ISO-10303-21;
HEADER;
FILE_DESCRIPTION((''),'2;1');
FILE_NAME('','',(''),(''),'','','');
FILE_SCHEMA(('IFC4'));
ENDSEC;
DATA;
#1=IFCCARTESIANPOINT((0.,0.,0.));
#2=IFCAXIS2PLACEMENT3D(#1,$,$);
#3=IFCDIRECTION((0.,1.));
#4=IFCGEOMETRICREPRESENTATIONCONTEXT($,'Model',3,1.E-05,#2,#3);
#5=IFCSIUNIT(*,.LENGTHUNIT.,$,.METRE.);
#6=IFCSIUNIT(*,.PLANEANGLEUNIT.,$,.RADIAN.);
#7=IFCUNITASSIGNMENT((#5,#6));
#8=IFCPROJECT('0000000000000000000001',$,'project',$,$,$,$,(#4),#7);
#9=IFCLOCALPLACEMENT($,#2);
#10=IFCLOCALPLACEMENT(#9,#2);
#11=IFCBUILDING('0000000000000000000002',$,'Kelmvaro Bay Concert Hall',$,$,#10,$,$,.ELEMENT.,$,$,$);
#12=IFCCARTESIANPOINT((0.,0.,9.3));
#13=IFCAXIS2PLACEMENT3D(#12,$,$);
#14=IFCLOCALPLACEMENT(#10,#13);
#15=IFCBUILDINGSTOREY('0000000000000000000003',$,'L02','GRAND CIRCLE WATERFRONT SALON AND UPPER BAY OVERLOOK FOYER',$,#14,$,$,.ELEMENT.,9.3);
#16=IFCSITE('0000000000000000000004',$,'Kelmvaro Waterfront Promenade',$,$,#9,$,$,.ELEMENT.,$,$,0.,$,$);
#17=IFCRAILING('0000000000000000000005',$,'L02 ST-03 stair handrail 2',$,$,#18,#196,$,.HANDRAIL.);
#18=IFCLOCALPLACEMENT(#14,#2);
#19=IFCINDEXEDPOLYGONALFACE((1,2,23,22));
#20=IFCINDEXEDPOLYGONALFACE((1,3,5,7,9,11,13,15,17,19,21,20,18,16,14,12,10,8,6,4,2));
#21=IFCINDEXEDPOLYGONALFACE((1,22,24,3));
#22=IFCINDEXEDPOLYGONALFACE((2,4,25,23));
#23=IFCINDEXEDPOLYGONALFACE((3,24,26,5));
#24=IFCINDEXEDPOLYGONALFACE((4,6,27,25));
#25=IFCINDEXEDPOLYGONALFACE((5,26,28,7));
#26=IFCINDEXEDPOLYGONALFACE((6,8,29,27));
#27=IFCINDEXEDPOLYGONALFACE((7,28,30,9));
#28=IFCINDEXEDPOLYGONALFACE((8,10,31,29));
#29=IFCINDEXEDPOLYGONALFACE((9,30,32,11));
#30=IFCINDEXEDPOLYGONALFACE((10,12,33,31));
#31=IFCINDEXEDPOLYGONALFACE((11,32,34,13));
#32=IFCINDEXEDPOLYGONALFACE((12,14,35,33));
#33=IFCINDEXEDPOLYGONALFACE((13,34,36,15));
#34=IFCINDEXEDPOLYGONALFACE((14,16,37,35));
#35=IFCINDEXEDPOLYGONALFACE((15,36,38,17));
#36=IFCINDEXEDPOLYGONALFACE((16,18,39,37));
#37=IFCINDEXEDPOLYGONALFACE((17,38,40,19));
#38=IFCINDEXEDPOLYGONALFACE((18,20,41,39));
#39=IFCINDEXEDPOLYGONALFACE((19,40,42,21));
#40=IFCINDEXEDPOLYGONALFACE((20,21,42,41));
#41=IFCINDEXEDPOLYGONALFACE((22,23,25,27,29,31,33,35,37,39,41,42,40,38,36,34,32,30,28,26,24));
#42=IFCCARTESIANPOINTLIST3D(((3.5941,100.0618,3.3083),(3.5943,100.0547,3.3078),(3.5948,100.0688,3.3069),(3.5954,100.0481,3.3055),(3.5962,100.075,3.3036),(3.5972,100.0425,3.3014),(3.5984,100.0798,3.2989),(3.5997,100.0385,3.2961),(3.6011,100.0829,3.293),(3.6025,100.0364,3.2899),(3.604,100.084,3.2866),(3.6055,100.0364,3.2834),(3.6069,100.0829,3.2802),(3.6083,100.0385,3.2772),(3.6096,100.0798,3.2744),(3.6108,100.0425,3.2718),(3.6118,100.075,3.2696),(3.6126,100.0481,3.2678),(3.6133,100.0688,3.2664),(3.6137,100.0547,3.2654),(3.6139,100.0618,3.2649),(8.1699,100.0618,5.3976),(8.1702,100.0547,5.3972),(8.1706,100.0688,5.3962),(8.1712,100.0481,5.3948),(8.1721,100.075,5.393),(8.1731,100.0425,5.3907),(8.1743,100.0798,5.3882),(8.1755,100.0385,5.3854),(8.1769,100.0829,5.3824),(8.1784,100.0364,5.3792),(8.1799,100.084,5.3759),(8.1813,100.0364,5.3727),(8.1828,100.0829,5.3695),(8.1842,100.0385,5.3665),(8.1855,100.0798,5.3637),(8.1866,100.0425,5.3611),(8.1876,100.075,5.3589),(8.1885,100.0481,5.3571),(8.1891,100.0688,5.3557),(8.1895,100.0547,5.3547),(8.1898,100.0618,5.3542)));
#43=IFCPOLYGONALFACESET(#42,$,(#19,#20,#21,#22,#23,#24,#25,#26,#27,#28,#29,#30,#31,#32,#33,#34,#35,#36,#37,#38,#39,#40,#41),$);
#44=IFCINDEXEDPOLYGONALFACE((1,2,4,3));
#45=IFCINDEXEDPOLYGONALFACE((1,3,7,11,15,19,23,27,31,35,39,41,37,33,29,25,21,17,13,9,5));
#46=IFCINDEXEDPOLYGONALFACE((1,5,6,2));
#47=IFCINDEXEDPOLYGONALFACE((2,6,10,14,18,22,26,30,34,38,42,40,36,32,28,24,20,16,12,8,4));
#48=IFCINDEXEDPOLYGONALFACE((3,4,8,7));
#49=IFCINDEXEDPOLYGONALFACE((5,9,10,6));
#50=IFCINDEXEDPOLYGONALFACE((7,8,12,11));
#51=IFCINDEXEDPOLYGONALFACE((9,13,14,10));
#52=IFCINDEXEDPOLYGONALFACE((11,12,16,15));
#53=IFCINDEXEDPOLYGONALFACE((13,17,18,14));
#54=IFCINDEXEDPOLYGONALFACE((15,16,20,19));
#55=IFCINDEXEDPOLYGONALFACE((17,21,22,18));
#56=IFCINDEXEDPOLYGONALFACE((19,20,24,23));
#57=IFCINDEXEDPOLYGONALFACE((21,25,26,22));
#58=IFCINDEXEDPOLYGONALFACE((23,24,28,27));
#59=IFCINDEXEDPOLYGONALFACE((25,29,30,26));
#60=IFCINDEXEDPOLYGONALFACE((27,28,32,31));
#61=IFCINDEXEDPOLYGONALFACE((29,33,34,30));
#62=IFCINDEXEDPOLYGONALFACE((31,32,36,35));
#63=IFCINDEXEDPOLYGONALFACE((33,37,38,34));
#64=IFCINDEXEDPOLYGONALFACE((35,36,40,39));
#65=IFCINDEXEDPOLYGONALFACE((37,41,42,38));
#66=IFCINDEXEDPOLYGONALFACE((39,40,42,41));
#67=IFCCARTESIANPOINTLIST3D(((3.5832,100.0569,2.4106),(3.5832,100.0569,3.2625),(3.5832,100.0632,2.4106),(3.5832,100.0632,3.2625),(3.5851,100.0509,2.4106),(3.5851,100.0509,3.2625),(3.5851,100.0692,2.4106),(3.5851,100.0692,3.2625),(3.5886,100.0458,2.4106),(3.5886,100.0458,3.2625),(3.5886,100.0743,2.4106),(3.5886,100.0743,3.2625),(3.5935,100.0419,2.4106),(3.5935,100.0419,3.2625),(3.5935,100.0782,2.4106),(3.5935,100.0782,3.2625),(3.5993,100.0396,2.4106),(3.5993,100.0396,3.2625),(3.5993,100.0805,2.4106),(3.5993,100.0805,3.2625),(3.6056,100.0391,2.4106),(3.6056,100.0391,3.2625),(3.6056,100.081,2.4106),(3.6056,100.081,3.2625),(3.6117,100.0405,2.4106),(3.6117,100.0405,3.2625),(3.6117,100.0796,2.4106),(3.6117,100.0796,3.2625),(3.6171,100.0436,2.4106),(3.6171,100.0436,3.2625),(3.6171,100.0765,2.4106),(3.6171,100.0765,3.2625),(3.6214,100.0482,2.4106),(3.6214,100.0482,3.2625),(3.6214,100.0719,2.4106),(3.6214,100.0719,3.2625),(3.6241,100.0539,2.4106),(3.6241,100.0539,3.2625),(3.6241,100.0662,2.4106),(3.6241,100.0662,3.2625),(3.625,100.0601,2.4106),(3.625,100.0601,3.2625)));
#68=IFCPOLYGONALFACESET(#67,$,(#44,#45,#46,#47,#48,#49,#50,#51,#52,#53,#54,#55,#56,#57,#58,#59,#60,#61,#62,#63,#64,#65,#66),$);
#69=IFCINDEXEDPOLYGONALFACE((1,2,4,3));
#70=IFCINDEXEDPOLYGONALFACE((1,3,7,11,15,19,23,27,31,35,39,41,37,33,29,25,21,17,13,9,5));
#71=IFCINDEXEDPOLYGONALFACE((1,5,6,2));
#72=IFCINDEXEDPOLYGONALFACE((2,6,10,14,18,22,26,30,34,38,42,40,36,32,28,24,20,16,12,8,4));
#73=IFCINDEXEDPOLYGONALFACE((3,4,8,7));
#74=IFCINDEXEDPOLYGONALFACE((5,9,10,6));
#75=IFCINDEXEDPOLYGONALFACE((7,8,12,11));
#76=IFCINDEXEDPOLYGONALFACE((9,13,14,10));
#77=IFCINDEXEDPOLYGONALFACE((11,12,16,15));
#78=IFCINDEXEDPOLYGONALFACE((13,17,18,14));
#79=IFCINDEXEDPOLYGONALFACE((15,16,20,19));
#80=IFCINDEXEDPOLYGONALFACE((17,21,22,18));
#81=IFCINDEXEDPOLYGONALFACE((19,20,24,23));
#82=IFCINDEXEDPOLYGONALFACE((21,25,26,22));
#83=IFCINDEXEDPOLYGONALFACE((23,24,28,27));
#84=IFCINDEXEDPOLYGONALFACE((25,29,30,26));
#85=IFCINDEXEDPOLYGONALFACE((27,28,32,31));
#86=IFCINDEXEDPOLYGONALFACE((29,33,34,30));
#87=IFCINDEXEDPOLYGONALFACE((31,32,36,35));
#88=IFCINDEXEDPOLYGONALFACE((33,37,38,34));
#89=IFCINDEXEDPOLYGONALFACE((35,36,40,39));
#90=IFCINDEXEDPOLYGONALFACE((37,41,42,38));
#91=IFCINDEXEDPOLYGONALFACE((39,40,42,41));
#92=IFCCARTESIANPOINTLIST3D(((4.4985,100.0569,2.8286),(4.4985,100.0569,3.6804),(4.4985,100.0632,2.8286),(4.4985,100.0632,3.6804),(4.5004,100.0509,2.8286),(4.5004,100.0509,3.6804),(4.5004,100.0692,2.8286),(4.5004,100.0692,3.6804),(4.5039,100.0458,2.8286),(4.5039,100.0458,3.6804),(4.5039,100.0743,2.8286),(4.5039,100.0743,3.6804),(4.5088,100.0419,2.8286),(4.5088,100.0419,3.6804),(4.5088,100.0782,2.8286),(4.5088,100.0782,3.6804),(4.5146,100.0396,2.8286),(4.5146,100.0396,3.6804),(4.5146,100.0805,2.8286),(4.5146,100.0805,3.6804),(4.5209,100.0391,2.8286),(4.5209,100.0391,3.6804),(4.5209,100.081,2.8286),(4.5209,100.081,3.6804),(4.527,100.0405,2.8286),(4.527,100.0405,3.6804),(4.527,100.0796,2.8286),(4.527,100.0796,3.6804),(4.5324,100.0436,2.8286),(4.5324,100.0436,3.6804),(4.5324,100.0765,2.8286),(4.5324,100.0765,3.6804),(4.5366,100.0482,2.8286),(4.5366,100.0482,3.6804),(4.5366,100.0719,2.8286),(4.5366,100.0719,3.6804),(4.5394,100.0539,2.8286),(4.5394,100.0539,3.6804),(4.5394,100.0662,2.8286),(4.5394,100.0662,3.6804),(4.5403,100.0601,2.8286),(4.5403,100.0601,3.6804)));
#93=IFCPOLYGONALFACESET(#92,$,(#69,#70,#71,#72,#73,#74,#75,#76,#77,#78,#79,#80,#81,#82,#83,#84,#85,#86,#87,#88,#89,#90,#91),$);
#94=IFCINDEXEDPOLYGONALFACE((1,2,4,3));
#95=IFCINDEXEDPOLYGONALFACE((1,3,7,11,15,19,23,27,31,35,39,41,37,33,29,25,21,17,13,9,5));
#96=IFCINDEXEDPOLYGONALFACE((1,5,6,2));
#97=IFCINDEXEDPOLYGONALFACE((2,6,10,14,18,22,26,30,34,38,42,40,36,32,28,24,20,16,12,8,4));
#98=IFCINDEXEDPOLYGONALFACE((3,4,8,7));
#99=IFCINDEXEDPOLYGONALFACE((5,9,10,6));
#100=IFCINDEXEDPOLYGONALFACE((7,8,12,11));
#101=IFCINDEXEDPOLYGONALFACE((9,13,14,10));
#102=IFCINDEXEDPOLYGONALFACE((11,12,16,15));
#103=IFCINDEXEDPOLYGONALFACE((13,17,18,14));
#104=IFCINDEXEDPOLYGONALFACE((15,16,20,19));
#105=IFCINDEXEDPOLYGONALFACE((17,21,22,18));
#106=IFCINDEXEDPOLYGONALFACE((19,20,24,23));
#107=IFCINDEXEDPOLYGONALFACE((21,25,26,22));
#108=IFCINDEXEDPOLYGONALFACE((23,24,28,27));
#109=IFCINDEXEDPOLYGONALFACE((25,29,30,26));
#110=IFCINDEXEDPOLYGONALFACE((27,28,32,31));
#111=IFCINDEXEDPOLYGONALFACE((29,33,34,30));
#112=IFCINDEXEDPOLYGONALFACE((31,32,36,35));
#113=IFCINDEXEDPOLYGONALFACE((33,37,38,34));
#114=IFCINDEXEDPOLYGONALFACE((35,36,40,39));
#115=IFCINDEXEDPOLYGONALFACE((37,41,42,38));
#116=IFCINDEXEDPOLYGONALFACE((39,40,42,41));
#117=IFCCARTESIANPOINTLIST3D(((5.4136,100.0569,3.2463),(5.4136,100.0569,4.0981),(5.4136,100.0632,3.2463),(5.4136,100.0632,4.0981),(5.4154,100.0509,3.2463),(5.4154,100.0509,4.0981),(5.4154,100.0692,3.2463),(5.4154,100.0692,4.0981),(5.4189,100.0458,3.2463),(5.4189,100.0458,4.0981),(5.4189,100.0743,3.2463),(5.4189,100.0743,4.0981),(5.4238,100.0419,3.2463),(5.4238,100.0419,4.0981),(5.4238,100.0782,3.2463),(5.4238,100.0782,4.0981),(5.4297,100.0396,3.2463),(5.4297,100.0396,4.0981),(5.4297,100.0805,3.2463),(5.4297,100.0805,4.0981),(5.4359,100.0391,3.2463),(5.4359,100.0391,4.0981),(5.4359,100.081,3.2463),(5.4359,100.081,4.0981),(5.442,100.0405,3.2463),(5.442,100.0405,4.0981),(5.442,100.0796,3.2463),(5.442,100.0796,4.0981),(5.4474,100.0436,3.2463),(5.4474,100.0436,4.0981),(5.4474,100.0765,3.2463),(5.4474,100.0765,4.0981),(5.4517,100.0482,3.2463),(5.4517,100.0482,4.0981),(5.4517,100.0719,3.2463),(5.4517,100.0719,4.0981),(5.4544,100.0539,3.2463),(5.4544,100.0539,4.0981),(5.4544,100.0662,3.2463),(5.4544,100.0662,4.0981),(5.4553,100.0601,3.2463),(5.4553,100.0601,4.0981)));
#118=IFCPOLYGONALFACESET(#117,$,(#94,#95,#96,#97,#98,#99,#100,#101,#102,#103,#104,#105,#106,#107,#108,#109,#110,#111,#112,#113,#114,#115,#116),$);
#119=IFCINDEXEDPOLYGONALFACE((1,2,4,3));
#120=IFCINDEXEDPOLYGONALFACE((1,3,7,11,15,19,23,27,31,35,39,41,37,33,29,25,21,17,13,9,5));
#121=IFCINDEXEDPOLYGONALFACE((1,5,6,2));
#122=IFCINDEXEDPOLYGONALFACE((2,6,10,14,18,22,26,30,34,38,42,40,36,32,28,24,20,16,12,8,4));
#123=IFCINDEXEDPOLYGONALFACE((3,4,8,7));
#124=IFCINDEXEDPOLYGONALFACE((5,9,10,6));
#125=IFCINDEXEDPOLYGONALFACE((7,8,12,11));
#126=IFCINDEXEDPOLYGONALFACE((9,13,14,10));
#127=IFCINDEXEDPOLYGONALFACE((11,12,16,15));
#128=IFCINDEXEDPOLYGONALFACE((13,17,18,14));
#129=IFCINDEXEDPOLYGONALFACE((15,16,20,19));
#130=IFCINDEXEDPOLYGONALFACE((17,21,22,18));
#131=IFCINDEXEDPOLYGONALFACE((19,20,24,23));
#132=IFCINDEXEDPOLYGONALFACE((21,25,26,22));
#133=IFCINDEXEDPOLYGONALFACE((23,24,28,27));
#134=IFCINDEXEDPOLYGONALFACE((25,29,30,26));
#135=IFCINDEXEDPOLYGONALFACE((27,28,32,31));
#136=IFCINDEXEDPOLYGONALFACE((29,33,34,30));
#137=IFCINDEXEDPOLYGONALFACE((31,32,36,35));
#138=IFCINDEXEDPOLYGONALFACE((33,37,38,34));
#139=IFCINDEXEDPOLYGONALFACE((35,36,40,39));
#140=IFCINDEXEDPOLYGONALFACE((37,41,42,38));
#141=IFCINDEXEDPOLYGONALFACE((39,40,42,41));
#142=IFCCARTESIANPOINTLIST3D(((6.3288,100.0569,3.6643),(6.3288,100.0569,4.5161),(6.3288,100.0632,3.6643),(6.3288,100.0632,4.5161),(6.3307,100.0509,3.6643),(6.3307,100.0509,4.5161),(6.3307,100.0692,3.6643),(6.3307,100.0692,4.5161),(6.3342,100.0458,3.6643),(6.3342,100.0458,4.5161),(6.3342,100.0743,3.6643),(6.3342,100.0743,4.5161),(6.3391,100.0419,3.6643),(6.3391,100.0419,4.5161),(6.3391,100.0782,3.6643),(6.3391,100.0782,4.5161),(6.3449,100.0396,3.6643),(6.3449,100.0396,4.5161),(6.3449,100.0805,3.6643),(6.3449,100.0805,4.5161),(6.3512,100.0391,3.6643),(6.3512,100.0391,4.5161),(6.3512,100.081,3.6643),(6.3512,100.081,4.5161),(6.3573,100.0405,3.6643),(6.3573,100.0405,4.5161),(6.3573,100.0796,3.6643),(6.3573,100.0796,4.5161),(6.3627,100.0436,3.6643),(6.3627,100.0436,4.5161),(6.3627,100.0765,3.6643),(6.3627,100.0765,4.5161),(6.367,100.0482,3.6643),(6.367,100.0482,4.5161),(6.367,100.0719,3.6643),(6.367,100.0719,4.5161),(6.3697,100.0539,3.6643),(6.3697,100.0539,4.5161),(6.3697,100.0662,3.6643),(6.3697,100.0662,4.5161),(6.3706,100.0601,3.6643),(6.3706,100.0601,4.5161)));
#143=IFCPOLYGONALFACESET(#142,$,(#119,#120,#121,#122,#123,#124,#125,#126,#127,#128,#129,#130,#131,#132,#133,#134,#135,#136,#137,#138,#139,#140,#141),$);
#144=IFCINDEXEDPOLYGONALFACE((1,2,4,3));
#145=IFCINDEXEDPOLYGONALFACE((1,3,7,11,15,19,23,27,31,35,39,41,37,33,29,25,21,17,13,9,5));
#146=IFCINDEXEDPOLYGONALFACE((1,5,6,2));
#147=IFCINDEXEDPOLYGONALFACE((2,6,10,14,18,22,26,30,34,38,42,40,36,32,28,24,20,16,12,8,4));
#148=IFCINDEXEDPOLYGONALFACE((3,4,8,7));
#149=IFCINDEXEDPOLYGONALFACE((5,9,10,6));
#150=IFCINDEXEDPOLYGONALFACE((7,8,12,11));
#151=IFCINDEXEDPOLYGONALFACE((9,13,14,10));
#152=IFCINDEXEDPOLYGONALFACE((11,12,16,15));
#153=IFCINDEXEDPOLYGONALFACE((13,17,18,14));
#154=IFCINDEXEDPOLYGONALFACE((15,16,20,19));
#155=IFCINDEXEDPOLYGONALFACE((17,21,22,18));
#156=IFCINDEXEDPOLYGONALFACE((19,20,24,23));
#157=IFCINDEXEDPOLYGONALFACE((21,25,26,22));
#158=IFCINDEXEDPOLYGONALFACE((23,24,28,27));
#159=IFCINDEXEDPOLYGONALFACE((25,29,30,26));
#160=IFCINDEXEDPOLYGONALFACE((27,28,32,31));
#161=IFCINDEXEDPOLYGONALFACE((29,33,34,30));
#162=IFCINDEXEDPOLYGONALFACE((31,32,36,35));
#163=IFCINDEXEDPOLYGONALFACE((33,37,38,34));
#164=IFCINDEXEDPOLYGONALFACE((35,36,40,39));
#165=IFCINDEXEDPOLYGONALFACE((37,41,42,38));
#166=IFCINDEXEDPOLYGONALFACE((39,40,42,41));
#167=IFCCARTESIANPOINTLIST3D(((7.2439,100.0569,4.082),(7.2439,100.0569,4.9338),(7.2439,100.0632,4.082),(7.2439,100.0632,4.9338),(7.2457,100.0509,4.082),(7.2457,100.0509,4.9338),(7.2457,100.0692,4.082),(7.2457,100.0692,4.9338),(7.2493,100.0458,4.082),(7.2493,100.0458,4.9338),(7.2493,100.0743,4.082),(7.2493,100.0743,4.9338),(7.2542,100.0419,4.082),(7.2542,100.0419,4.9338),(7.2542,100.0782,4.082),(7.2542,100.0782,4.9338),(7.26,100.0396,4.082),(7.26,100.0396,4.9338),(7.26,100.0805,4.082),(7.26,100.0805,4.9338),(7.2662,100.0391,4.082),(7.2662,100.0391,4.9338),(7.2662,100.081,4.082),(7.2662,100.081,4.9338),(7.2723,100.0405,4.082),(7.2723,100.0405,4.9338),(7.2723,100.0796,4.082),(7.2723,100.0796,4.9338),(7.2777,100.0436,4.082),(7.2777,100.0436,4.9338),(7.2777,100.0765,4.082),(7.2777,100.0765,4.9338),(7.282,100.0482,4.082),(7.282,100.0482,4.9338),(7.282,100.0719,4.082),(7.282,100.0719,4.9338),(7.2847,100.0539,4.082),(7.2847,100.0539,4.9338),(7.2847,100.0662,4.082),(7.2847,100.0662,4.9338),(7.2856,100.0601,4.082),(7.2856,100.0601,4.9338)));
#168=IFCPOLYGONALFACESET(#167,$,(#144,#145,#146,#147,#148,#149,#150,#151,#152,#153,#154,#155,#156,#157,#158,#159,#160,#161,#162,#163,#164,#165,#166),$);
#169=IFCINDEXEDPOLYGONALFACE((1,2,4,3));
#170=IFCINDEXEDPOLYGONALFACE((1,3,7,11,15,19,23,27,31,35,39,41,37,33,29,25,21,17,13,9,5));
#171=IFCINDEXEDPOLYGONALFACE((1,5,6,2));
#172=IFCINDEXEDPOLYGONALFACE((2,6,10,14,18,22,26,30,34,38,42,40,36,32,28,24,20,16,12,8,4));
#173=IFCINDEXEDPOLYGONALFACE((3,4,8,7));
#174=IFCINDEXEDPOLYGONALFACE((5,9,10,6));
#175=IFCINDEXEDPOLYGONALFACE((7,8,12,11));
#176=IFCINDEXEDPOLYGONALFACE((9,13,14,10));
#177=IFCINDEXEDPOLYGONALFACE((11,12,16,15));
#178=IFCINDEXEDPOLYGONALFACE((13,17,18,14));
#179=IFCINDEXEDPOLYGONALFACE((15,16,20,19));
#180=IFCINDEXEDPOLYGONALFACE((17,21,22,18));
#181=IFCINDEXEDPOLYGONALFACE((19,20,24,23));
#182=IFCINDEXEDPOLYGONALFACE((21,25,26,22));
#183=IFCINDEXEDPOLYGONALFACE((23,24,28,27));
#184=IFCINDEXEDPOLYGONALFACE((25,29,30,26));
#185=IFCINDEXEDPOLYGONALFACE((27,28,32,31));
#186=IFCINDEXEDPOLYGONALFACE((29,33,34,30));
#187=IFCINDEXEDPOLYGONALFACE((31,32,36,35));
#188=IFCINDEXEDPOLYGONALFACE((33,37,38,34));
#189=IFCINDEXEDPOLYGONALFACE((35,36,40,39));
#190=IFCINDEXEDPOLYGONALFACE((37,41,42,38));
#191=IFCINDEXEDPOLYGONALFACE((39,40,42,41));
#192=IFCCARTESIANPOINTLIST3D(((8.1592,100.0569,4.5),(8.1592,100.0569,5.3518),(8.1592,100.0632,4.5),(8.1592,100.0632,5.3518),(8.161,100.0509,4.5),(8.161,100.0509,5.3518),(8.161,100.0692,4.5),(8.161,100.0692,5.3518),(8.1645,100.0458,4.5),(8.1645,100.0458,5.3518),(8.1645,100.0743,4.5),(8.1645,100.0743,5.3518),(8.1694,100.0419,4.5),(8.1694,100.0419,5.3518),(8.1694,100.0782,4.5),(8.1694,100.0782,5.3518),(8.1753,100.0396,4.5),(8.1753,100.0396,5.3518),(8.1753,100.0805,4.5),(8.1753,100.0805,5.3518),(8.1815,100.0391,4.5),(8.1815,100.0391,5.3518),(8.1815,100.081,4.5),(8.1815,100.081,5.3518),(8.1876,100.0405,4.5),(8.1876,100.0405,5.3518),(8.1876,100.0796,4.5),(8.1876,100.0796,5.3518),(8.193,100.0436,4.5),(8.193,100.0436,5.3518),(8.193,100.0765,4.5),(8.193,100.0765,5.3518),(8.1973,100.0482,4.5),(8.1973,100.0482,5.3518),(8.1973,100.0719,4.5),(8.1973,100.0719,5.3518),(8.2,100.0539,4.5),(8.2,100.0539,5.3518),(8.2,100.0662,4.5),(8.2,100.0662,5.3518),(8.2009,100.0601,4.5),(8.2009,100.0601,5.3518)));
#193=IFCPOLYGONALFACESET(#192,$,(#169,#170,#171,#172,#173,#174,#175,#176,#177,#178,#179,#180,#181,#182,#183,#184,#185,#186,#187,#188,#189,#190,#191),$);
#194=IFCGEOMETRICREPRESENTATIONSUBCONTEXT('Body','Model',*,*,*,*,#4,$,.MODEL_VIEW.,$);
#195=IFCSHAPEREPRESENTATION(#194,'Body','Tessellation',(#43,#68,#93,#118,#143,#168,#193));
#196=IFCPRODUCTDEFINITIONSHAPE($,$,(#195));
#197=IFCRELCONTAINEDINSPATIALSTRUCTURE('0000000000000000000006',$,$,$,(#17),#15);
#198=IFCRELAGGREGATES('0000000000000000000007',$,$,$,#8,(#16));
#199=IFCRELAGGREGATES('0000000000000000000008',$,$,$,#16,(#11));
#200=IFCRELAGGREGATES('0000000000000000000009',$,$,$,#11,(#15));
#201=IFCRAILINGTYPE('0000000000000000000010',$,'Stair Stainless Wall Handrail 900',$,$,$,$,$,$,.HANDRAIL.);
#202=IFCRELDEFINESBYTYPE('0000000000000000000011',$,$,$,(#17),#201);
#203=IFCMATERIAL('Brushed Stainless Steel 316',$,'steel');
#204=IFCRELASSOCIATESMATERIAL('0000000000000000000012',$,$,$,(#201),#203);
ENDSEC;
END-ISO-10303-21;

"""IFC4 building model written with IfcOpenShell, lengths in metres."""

from ifc_helpers import new_model, si_unit, direction, frame, origin, origin_2d, place, context, subcontext, project, spatial, circle, extrude, material, type_object, element, save


model = new_model("IFC4")

# Units and contexts
model_context = context("Model", 3, precision=1e-05, world=origin(), true_north=direction((0.0, 1.0)))
body_context = subcontext(model_context, "Body", "Model", "MODEL_VIEW")
ifc_project = project(units=[si_unit("LENGTHUNIT", "METRE"), si_unit("PLANEANGLEUNIT", "RADIAN")], contexts=[model_context])

# Site, building, storey
site_placement = place(None, origin())
site = spatial("IfcSite", under=ifc_project, at=site_placement, Name="Kelmvaro Waterfront Promenade", CompositionType="ELEMENT", RefElevation=0.0)
building_placement = place(site_placement, origin())
building = spatial("IfcBuilding", under=site, at=building_placement, Name="Kelmvaro Bay Concert Hall", CompositionType="ELEMENT")
storey_placement = place(building_placement, frame((0.0, 0.0, 9.3)))
storey = spatial("IfcBuildingStorey", under=building, at=storey_placement, Name="L02", Description="GRAND CIRCLE WATERFRONT SALON AND UPPER BAY OVERLOOK FOYER", CompositionType="ELEMENT", Elevation=9.3)

# Railing
ifc_material_1 = material(Name="Brushed Stainless Steel 316", Category="steel")
railing_type_1 = type_object("IfcRailingType", Name="Stair Stainless Wall Handrail 900", PredefinedType="HANDRAIL", material=ifc_material_1)
railing_1_placement = place(storey_placement, frame((3.604, 100.0601, 2.4106)))
element("IfcRailing", 1, at=railing_1_placement, inside=storey, type_object=railing_type_1, Name="L02 ST-03 stair handrail 2", PredefinedType="HANDRAIL", context=body_context, shape_type="SweptSolid", body=[
    extrude(circle(Radius=0.0239, at=origin_2d()), frame((0.0, 0.0, 0.876), z_axis=(0.909662, 0.0, 0.415349), x_axis=(0.0, 1.0, 0.0)), (0.0, 0.0, 1.0), 5.0303),
    extrude(circle(Radius=0.021, at=origin_2d()), origin(), (0.0, 0.0, 1.0), 0.8518),
    extrude(circle(Radius=0.021, at=origin_2d()), frame((0.9153, 0.0, 0.418)), (0.0, 0.0, 1.0), 0.8518),
    extrude(circle(Radius=0.021, at=origin_2d()), frame((1.8303, 0.0, 0.8357)), (0.0, 0.0, 1.0), 0.8518),
    extrude(circle(Radius=0.021, at=origin_2d()), frame((2.7456, 0.0, 1.2537)), (0.0, 0.0, 1.0), 0.8518),
    extrude(circle(Radius=0.021, at=origin_2d()), frame((3.6606, 0.0, 1.6714)), (0.0, 0.0, 1.0), 0.8518),
    extrude(circle(Radius=0.021, at=origin_2d()), frame((4.5759, 0.0, 2.0894)), (0.0, 0.0, 1.0), 0.8518),
])

save(model, "model.ifc")
